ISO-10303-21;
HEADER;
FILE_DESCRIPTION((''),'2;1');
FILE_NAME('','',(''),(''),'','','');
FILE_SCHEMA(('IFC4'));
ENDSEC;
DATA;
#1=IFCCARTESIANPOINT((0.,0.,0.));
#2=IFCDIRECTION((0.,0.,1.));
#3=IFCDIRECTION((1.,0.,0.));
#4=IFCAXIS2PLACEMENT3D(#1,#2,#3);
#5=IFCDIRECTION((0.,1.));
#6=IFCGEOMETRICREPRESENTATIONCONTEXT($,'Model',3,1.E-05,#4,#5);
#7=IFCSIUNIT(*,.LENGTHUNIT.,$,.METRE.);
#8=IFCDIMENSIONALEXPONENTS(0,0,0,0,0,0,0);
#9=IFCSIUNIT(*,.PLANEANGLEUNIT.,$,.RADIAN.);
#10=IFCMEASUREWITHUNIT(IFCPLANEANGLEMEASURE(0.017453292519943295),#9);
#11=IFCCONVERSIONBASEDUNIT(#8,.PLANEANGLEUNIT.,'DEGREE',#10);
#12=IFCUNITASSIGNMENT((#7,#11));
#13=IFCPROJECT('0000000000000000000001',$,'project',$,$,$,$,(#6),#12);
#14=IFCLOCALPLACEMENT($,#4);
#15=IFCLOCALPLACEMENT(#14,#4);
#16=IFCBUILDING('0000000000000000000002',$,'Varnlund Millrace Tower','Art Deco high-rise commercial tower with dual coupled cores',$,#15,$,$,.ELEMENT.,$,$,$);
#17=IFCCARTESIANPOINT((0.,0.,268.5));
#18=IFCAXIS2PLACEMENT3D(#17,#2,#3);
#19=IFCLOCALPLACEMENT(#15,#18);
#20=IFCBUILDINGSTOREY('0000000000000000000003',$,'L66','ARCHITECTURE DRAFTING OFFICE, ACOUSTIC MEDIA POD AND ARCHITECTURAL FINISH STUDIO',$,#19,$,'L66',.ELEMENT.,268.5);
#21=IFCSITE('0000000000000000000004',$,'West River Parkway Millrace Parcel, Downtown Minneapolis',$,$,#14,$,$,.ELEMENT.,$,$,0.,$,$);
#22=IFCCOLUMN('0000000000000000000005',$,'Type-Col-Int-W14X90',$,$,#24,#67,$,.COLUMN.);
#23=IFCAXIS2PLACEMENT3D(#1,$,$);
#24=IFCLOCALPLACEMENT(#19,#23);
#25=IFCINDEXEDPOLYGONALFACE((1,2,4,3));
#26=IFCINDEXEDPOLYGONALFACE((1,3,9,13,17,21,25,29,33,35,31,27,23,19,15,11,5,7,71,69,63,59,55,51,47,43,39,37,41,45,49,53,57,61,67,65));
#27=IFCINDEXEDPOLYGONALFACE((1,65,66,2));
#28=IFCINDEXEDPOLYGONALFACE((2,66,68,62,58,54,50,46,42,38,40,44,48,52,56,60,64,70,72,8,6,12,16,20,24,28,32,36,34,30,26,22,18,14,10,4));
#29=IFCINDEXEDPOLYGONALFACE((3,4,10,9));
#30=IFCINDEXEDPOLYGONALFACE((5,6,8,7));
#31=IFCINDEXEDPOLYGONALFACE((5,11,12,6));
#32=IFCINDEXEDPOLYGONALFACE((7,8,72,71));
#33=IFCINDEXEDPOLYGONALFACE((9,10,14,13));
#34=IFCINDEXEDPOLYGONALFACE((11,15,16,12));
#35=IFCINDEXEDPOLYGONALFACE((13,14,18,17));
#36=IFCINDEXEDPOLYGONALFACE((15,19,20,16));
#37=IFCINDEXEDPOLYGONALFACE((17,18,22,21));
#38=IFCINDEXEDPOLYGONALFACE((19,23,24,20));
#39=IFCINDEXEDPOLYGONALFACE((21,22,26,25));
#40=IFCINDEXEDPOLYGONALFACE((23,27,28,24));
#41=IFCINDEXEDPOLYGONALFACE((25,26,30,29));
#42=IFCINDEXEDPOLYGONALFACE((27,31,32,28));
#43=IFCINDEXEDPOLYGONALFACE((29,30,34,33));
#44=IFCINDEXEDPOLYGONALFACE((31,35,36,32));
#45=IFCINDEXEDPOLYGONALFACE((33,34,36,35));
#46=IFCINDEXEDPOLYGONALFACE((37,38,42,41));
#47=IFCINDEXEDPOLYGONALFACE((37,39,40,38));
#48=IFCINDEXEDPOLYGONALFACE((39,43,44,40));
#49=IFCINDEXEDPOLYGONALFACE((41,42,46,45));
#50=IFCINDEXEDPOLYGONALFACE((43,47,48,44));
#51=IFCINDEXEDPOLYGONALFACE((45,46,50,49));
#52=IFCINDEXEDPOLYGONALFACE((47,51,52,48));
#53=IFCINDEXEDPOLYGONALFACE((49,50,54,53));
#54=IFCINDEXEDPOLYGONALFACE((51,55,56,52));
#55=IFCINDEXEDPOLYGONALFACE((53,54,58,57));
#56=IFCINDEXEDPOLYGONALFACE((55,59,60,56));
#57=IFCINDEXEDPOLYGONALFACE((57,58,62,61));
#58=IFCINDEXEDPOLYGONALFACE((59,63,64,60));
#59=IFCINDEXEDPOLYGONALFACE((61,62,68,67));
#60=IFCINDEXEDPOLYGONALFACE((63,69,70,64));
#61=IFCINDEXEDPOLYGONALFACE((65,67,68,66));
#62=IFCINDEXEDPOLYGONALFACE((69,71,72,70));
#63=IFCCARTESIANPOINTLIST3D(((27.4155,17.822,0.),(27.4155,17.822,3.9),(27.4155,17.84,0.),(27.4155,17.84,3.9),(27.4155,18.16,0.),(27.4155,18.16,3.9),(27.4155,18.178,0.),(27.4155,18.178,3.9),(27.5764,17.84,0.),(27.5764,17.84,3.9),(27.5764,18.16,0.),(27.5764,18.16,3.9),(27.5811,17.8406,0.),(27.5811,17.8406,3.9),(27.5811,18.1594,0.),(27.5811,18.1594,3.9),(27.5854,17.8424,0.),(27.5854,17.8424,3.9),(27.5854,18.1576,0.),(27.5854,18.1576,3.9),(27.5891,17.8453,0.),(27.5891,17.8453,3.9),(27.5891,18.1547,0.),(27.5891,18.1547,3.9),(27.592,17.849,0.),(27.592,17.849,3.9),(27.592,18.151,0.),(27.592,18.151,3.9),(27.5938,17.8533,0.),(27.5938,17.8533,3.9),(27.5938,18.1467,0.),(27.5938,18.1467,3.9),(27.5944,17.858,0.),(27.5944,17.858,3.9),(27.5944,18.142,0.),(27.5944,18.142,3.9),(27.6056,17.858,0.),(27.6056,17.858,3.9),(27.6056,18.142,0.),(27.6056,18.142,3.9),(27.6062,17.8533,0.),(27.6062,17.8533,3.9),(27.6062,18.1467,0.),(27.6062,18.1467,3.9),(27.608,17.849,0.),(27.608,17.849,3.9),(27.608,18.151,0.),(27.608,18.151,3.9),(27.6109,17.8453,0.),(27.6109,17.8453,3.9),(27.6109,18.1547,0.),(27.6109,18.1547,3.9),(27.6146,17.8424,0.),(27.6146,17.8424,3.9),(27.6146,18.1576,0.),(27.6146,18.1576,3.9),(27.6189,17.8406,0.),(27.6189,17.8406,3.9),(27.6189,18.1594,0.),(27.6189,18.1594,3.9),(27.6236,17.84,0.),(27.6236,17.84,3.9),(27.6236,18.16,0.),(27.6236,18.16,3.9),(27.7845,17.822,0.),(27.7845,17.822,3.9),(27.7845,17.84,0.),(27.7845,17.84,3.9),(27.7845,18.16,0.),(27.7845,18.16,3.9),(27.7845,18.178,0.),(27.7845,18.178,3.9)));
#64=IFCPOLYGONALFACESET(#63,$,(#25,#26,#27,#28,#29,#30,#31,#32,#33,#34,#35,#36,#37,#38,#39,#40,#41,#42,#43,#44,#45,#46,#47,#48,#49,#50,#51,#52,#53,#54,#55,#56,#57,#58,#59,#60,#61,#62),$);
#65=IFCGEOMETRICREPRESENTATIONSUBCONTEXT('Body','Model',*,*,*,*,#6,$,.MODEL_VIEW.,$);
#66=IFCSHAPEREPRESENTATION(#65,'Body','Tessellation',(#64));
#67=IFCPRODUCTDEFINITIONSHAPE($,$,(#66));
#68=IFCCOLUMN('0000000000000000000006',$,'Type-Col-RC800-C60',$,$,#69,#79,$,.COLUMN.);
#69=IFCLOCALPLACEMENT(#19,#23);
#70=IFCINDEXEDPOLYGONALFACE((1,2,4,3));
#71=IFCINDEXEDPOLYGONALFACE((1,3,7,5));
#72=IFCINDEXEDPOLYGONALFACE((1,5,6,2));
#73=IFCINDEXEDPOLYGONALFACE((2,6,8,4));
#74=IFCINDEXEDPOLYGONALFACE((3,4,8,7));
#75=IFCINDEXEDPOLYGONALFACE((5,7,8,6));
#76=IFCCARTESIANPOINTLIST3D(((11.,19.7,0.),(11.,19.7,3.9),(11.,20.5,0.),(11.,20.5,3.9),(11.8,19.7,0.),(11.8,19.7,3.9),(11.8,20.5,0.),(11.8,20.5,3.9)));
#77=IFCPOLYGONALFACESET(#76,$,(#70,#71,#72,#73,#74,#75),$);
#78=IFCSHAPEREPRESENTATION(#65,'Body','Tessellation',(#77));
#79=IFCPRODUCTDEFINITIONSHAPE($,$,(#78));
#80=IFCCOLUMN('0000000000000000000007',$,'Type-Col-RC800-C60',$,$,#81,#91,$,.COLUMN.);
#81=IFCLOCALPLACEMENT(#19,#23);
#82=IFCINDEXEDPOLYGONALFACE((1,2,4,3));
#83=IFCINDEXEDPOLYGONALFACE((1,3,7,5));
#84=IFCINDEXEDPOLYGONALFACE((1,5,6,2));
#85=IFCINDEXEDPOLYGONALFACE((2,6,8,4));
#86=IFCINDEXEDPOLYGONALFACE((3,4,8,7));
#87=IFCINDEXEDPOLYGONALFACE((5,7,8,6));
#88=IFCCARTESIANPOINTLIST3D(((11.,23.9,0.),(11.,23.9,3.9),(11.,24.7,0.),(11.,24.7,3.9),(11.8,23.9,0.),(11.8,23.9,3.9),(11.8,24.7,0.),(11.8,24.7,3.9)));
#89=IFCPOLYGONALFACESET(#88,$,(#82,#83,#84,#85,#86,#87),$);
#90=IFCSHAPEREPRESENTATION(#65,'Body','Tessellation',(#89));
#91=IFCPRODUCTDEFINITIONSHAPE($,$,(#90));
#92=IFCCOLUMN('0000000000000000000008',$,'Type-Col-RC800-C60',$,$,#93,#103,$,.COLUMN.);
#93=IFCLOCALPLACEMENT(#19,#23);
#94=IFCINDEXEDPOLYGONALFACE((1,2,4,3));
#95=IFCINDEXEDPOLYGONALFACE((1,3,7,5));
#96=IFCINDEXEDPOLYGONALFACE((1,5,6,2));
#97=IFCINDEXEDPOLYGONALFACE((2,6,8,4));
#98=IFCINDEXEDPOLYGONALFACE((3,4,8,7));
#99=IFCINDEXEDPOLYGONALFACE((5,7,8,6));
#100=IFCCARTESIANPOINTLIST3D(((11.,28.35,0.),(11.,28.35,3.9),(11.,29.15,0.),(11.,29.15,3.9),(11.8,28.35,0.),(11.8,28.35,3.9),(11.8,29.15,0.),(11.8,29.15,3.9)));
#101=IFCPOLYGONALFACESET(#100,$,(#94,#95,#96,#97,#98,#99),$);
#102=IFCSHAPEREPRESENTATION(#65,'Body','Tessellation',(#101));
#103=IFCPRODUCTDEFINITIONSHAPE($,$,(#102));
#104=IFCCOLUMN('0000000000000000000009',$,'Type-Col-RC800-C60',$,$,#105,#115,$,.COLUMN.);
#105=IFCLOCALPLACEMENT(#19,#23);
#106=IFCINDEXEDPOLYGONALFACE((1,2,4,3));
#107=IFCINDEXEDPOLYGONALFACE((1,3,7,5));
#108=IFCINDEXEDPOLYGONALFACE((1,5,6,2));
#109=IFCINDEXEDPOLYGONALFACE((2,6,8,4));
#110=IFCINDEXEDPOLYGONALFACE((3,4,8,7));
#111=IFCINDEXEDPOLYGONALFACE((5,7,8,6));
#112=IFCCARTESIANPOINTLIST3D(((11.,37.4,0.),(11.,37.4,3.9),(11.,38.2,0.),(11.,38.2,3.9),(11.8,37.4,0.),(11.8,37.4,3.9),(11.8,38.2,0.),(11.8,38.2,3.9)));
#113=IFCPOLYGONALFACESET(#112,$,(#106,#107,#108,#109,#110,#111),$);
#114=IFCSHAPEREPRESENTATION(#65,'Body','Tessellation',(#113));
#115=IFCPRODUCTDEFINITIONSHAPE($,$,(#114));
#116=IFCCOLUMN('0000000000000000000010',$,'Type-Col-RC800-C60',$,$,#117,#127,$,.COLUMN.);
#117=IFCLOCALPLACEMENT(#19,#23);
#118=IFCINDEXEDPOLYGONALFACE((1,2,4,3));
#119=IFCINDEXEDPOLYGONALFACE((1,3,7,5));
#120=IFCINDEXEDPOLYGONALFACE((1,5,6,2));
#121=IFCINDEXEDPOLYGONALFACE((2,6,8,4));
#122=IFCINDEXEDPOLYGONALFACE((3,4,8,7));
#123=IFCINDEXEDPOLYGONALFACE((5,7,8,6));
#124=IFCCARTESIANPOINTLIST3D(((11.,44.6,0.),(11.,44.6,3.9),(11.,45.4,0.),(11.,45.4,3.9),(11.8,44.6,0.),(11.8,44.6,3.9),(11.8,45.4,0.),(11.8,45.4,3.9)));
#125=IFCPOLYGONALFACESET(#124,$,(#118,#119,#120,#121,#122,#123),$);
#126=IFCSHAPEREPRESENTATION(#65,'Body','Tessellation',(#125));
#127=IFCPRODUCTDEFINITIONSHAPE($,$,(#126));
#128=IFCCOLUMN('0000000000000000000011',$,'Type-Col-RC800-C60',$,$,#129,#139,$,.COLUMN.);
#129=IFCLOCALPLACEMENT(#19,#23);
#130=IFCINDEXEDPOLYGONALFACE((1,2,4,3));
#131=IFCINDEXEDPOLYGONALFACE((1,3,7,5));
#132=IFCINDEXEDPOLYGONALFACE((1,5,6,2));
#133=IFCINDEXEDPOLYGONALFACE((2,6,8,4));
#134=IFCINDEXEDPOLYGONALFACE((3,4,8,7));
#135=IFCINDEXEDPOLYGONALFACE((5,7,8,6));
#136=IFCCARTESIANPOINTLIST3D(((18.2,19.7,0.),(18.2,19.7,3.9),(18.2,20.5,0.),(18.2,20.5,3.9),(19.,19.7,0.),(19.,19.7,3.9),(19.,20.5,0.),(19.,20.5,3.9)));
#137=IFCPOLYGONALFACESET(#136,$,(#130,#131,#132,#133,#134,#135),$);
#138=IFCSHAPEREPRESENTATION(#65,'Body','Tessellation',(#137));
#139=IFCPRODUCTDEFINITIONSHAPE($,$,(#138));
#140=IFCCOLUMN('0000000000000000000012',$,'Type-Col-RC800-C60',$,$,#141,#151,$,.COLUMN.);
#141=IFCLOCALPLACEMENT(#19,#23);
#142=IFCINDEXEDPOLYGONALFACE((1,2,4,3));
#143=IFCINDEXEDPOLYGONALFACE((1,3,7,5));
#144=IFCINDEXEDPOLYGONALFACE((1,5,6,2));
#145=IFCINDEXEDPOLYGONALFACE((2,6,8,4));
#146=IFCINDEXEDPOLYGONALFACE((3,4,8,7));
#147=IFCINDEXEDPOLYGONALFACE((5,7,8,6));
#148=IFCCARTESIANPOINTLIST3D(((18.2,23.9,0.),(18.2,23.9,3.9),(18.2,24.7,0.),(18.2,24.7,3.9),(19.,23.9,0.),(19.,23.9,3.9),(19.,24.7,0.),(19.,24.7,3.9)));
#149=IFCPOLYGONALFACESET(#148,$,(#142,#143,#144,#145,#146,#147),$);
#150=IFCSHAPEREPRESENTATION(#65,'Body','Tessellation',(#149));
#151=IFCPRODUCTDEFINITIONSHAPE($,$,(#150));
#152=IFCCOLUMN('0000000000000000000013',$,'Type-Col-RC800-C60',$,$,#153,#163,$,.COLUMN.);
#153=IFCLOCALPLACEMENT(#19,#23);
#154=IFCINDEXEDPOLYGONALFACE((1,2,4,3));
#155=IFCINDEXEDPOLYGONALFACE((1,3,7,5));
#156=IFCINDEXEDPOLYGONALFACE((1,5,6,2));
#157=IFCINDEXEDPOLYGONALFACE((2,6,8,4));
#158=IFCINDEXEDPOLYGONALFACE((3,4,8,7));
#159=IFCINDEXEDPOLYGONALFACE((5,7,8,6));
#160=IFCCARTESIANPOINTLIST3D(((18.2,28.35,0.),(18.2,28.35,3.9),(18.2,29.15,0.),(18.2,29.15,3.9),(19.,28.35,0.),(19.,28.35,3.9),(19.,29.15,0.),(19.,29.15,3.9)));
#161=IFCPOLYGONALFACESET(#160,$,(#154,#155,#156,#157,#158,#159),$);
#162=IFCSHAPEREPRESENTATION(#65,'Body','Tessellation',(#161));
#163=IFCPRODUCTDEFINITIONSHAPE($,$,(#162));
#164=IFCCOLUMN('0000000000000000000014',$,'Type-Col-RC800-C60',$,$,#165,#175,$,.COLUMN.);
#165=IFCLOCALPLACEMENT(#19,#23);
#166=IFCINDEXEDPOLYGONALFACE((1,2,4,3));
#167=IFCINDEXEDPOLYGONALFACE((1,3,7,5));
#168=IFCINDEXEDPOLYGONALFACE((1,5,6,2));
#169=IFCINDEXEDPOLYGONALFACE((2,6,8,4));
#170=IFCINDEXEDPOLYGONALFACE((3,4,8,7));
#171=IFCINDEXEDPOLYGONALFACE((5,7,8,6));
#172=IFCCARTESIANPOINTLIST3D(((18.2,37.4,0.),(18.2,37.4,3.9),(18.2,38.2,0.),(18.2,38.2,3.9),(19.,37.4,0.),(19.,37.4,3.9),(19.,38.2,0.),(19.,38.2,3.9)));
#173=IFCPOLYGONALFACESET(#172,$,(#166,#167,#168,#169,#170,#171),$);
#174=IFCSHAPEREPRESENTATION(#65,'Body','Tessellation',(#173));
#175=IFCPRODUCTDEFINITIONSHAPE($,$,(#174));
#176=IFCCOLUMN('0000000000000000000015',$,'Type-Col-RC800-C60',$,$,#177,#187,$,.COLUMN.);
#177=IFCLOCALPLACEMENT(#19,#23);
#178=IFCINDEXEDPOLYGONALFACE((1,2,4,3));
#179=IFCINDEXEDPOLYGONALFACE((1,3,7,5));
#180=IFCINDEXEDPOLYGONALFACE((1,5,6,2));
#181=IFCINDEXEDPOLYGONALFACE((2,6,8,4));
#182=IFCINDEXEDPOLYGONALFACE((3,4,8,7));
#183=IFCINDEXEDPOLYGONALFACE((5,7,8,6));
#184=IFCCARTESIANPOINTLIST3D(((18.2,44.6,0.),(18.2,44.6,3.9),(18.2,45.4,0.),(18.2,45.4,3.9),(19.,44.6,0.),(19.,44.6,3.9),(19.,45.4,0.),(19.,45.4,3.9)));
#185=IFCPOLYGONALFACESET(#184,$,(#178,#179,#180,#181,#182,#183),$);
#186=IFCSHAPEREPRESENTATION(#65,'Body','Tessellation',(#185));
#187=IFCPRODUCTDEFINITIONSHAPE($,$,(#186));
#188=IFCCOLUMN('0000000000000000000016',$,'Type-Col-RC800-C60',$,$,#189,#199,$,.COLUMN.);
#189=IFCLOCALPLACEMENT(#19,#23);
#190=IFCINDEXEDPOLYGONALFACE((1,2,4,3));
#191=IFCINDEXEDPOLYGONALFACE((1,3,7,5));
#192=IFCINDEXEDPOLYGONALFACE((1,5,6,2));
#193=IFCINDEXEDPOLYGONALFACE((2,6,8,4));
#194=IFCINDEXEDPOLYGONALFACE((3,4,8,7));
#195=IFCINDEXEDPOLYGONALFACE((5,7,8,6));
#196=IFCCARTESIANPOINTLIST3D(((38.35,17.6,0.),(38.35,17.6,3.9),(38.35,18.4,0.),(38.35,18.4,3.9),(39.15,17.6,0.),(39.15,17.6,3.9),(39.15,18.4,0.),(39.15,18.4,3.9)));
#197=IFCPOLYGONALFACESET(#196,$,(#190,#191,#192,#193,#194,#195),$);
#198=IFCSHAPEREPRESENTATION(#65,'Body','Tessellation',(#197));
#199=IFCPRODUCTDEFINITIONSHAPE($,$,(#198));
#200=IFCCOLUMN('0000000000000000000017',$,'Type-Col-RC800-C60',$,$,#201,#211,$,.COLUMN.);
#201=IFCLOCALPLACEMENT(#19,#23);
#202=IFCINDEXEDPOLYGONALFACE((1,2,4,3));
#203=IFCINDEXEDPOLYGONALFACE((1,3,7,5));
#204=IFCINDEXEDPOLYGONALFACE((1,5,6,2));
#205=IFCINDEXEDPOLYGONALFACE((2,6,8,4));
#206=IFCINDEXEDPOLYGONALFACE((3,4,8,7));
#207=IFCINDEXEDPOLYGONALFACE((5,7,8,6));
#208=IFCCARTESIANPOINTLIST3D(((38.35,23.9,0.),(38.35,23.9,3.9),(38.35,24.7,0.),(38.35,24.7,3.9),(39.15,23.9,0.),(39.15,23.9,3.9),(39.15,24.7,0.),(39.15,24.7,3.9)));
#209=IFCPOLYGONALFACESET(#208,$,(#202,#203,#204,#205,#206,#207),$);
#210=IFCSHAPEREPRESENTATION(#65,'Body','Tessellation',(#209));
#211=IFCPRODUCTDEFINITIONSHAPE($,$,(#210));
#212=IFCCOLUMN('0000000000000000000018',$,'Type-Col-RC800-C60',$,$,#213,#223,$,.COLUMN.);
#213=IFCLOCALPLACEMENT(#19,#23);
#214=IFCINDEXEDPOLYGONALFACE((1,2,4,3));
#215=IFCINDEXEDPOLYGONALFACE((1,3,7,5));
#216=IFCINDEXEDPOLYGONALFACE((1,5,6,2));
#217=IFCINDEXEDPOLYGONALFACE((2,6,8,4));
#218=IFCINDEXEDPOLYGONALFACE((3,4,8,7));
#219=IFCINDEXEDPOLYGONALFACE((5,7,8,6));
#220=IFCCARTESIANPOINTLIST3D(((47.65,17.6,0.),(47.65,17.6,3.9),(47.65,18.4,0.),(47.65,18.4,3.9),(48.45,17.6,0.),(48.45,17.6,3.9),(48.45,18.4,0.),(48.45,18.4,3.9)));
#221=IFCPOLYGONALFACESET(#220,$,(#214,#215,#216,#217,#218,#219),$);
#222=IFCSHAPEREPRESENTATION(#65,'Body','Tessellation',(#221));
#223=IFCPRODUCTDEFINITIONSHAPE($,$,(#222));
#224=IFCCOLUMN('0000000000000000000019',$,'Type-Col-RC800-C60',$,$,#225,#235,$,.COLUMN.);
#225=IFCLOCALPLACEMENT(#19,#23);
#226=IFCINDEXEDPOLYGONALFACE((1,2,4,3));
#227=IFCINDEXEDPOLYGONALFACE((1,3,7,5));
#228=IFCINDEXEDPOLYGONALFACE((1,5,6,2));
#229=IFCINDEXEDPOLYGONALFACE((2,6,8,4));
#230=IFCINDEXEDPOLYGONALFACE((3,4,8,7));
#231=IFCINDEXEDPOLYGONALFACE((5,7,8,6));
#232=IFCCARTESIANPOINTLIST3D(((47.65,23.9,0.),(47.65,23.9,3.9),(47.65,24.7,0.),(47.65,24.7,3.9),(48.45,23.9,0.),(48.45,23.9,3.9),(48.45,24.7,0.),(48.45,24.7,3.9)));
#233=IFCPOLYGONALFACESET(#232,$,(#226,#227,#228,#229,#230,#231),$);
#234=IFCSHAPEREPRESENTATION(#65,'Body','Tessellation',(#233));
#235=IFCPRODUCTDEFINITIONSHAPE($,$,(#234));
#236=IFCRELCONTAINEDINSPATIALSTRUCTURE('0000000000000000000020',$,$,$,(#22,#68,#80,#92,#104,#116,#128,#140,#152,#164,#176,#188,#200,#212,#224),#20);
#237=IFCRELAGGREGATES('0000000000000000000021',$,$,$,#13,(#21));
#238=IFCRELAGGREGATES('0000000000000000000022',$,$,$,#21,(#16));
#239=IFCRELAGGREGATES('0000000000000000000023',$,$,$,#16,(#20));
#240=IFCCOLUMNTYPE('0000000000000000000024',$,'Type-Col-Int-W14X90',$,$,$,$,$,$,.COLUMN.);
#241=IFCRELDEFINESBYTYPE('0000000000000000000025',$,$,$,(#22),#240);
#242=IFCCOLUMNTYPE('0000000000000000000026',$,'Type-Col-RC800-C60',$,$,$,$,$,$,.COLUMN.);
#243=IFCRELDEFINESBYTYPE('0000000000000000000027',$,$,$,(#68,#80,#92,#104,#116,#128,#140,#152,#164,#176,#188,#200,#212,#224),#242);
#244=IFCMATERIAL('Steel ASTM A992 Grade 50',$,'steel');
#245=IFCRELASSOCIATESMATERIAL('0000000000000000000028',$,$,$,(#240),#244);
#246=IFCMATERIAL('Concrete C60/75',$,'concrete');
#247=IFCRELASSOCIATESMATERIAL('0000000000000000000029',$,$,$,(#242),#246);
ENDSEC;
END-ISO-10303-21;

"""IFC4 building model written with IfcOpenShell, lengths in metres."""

from ifc_helpers import new_model, entity, si_unit, converted_unit, direction, frame, origin_with_axes, origin_2d_with_axis, place, context, subcontext, project, spatial, rectangle, i_section, extrude, material, material_profile, profile_set, type_object, element, save


model = new_model("IFC4")

# Units and contexts
model_context = context("Model", 3, precision=1e-05, world=origin_with_axes(), true_north=direction((0.0, 1.0)))
body_context = subcontext(model_context, "Body", "Model", "MODEL_VIEW")
ifc_project = project(units=[si_unit("LENGTHUNIT", "METRE"), converted_unit("PLANEANGLEUNIT", "DEGREE", entity("IfcPlaneAngleMeasure", 0.017453292519943295), si_unit("PLANEANGLEUNIT", "RADIAN"), dimensions=[0, 0, 0, 0, 0, 0, 0])], contexts=[model_context])

# Site, building, storey
site_placement = place(None, origin_with_axes())
site = spatial("IfcSite", under=ifc_project, at=site_placement, Name="West River Parkway Millrace Parcel, Downtown Minneapolis", CompositionType="ELEMENT", RefElevation=0.0)
building_placement = place(site_placement, origin_with_axes())
building = spatial("IfcBuilding", under=site, at=building_placement, Name="Varnlund Millrace Tower", Description="Art Deco high-rise commercial tower with dual coupled cores", CompositionType="ELEMENT")
storey_placement = place(building_placement, frame((0.0, 0.0, 268.5), z_axis=(0.0, 0.0, 1.0), x_axis=(1.0, 0.0, 0.0)))
storey = spatial("IfcBuildingStorey", under=building, at=storey_placement, Name="L66", Description="ARCHITECTURE DRAFTING OFFICE, ACOUSTIC MEDIA POD AND ARCHITECTURAL FINISH STUDIO", LongName="L66", CompositionType="ELEMENT", Elevation=268.5)

# Columns
ifc_material_1 = material(Name="Steel ASTM A992 Grade 50", Category="steel")
ifc_material_profile_1 = material_profile(ifc_material_1, i_section(OverallWidth=0.369, OverallDepth=0.356, WebThickness=0.0112, FlangeThickness=0.018, FilletRadius=0.018, at=origin_2d_with_axis()), Name="Steel ASTM A992 Grade 50")
ifc_profile_set_1 = profile_set([ifc_material_profile_1], Name="Steel ASTM A992 Grade 50")
column_type_1 = type_object("IfcColumnType", Name="Type-Col-Int-W14X90", PredefinedType="COLUMN", material=ifc_profile_set_1)
column_placement = place(storey_placement, frame((27.6, 18.0, 0.0), z_axis=(0.0, 0.0, 1.0), x_axis=(1.0, 0.0, 0.0)))
element("IfcColumn", 1, at=column_placement, inside=storey, type_object=column_type_1, Name="Type-Col-Int-W14X90", PredefinedType="COLUMN", context=body_context, shape_type="SweptSolid", body=[
    extrude(i_section(OverallWidth=0.369, OverallDepth=0.356, WebThickness=0.0112, FlangeThickness=0.018, FilletRadius=0.018, at=origin_2d_with_axis()), origin_with_axes(), (0.0, 0.0, 1.0), 3.9),
])
ifc_material_2 = material(Name="Concrete C60/75", Category="concrete")
ifc_material_profile_2 = material_profile(ifc_material_2, rectangle(XDim=0.8, YDim=0.8, at=origin_2d_with_axis()), Name="Concrete C60/75")
ifc_profile_set_2 = profile_set([ifc_material_profile_2], Name="Concrete C60/75")
column_type_2 = type_object("IfcColumnType", Name="Type-Col-RC800-C60", PredefinedType="COLUMN", material=ifc_profile_set_2)
for number, where, z_axis, x_axis, name in (
    (2, (11.4, 20.1, 0.0), (0.0, 0.0, 1.0), (1.0, 0.0, 0.0), "Type-Col-RC800-C60"),
    (3, (11.4, 24.3, 0.0), (0.0, 0.0, 1.0), (1.0, 0.0, 0.0), "Type-Col-RC800-C60"),
    (4, (11.4, 28.75, 0.0), (0.0, 0.0, 1.0), (1.0, 0.0, 0.0), "Type-Col-RC800-C60"),
    (5, (11.4, 37.8, 0.0), (0.0, 0.0, 1.0), (1.0, 0.0, 0.0), "Type-Col-RC800-C60"),
    (6, (11.4, 45.0, 0.0), (0.0, 0.0, 1.0), (1.0, 0.0, 0.0), "Type-Col-RC800-C60"),
    (7, (18.6, 20.1, 0.0), (0.0, 0.0, 1.0), (1.0, 0.0, 0.0), "Type-Col-RC800-C60"),
    (8, (18.6, 24.3, 0.0), (0.0, 0.0, 1.0), (1.0, 0.0, 0.0), "Type-Col-RC800-C60"),
    (9, (18.6, 28.75, 0.0), (0.0, 0.0, 1.0), (1.0, 0.0, 0.0), "Type-Col-RC800-C60"),
    (10, (18.6, 37.8, 0.0), (0.0, 0.0, 1.0), (1.0, 0.0, 0.0), "Type-Col-RC800-C60"),
    (11, (18.6, 45.0, 0.0), (0.0, 0.0, 1.0), (1.0, 0.0, 0.0), "Type-Col-RC800-C60"),
    (12, (38.75, 18.0, 0.0), (0.0, 0.0, 1.0), (1.0, 0.0, 0.0), "Type-Col-RC800-C60"),
    (13, (38.75, 24.3, 0.0), (0.0, 0.0, 1.0), (1.0, 0.0, 0.0), "Type-Col-RC800-C60"),
    (14, (48.05, 18.0, 0.0), (0.0, 0.0, 1.0), (1.0, 0.0, 0.0), "Type-Col-RC800-C60"),
    (15, (48.05, 24.3, 0.0), (0.0, 0.0, 1.0), (1.0, 0.0, 0.0), "Type-Col-RC800-C60"),
):
    element("IfcColumn", number, at=place(storey_placement, frame(where, z_axis=z_axis, x_axis=x_axis)), inside=storey, type_object=column_type_2, Name=name, PredefinedType="COLUMN", context=body_context, shape_type="SweptSolid", body=[
        extrude(rectangle(XDim=0.8, YDim=0.8, at=origin_2d_with_axis()), origin_with_axes(), (0.0, 0.0, 1.0), 3.9),
    ])

save(model, "model.ifc")
